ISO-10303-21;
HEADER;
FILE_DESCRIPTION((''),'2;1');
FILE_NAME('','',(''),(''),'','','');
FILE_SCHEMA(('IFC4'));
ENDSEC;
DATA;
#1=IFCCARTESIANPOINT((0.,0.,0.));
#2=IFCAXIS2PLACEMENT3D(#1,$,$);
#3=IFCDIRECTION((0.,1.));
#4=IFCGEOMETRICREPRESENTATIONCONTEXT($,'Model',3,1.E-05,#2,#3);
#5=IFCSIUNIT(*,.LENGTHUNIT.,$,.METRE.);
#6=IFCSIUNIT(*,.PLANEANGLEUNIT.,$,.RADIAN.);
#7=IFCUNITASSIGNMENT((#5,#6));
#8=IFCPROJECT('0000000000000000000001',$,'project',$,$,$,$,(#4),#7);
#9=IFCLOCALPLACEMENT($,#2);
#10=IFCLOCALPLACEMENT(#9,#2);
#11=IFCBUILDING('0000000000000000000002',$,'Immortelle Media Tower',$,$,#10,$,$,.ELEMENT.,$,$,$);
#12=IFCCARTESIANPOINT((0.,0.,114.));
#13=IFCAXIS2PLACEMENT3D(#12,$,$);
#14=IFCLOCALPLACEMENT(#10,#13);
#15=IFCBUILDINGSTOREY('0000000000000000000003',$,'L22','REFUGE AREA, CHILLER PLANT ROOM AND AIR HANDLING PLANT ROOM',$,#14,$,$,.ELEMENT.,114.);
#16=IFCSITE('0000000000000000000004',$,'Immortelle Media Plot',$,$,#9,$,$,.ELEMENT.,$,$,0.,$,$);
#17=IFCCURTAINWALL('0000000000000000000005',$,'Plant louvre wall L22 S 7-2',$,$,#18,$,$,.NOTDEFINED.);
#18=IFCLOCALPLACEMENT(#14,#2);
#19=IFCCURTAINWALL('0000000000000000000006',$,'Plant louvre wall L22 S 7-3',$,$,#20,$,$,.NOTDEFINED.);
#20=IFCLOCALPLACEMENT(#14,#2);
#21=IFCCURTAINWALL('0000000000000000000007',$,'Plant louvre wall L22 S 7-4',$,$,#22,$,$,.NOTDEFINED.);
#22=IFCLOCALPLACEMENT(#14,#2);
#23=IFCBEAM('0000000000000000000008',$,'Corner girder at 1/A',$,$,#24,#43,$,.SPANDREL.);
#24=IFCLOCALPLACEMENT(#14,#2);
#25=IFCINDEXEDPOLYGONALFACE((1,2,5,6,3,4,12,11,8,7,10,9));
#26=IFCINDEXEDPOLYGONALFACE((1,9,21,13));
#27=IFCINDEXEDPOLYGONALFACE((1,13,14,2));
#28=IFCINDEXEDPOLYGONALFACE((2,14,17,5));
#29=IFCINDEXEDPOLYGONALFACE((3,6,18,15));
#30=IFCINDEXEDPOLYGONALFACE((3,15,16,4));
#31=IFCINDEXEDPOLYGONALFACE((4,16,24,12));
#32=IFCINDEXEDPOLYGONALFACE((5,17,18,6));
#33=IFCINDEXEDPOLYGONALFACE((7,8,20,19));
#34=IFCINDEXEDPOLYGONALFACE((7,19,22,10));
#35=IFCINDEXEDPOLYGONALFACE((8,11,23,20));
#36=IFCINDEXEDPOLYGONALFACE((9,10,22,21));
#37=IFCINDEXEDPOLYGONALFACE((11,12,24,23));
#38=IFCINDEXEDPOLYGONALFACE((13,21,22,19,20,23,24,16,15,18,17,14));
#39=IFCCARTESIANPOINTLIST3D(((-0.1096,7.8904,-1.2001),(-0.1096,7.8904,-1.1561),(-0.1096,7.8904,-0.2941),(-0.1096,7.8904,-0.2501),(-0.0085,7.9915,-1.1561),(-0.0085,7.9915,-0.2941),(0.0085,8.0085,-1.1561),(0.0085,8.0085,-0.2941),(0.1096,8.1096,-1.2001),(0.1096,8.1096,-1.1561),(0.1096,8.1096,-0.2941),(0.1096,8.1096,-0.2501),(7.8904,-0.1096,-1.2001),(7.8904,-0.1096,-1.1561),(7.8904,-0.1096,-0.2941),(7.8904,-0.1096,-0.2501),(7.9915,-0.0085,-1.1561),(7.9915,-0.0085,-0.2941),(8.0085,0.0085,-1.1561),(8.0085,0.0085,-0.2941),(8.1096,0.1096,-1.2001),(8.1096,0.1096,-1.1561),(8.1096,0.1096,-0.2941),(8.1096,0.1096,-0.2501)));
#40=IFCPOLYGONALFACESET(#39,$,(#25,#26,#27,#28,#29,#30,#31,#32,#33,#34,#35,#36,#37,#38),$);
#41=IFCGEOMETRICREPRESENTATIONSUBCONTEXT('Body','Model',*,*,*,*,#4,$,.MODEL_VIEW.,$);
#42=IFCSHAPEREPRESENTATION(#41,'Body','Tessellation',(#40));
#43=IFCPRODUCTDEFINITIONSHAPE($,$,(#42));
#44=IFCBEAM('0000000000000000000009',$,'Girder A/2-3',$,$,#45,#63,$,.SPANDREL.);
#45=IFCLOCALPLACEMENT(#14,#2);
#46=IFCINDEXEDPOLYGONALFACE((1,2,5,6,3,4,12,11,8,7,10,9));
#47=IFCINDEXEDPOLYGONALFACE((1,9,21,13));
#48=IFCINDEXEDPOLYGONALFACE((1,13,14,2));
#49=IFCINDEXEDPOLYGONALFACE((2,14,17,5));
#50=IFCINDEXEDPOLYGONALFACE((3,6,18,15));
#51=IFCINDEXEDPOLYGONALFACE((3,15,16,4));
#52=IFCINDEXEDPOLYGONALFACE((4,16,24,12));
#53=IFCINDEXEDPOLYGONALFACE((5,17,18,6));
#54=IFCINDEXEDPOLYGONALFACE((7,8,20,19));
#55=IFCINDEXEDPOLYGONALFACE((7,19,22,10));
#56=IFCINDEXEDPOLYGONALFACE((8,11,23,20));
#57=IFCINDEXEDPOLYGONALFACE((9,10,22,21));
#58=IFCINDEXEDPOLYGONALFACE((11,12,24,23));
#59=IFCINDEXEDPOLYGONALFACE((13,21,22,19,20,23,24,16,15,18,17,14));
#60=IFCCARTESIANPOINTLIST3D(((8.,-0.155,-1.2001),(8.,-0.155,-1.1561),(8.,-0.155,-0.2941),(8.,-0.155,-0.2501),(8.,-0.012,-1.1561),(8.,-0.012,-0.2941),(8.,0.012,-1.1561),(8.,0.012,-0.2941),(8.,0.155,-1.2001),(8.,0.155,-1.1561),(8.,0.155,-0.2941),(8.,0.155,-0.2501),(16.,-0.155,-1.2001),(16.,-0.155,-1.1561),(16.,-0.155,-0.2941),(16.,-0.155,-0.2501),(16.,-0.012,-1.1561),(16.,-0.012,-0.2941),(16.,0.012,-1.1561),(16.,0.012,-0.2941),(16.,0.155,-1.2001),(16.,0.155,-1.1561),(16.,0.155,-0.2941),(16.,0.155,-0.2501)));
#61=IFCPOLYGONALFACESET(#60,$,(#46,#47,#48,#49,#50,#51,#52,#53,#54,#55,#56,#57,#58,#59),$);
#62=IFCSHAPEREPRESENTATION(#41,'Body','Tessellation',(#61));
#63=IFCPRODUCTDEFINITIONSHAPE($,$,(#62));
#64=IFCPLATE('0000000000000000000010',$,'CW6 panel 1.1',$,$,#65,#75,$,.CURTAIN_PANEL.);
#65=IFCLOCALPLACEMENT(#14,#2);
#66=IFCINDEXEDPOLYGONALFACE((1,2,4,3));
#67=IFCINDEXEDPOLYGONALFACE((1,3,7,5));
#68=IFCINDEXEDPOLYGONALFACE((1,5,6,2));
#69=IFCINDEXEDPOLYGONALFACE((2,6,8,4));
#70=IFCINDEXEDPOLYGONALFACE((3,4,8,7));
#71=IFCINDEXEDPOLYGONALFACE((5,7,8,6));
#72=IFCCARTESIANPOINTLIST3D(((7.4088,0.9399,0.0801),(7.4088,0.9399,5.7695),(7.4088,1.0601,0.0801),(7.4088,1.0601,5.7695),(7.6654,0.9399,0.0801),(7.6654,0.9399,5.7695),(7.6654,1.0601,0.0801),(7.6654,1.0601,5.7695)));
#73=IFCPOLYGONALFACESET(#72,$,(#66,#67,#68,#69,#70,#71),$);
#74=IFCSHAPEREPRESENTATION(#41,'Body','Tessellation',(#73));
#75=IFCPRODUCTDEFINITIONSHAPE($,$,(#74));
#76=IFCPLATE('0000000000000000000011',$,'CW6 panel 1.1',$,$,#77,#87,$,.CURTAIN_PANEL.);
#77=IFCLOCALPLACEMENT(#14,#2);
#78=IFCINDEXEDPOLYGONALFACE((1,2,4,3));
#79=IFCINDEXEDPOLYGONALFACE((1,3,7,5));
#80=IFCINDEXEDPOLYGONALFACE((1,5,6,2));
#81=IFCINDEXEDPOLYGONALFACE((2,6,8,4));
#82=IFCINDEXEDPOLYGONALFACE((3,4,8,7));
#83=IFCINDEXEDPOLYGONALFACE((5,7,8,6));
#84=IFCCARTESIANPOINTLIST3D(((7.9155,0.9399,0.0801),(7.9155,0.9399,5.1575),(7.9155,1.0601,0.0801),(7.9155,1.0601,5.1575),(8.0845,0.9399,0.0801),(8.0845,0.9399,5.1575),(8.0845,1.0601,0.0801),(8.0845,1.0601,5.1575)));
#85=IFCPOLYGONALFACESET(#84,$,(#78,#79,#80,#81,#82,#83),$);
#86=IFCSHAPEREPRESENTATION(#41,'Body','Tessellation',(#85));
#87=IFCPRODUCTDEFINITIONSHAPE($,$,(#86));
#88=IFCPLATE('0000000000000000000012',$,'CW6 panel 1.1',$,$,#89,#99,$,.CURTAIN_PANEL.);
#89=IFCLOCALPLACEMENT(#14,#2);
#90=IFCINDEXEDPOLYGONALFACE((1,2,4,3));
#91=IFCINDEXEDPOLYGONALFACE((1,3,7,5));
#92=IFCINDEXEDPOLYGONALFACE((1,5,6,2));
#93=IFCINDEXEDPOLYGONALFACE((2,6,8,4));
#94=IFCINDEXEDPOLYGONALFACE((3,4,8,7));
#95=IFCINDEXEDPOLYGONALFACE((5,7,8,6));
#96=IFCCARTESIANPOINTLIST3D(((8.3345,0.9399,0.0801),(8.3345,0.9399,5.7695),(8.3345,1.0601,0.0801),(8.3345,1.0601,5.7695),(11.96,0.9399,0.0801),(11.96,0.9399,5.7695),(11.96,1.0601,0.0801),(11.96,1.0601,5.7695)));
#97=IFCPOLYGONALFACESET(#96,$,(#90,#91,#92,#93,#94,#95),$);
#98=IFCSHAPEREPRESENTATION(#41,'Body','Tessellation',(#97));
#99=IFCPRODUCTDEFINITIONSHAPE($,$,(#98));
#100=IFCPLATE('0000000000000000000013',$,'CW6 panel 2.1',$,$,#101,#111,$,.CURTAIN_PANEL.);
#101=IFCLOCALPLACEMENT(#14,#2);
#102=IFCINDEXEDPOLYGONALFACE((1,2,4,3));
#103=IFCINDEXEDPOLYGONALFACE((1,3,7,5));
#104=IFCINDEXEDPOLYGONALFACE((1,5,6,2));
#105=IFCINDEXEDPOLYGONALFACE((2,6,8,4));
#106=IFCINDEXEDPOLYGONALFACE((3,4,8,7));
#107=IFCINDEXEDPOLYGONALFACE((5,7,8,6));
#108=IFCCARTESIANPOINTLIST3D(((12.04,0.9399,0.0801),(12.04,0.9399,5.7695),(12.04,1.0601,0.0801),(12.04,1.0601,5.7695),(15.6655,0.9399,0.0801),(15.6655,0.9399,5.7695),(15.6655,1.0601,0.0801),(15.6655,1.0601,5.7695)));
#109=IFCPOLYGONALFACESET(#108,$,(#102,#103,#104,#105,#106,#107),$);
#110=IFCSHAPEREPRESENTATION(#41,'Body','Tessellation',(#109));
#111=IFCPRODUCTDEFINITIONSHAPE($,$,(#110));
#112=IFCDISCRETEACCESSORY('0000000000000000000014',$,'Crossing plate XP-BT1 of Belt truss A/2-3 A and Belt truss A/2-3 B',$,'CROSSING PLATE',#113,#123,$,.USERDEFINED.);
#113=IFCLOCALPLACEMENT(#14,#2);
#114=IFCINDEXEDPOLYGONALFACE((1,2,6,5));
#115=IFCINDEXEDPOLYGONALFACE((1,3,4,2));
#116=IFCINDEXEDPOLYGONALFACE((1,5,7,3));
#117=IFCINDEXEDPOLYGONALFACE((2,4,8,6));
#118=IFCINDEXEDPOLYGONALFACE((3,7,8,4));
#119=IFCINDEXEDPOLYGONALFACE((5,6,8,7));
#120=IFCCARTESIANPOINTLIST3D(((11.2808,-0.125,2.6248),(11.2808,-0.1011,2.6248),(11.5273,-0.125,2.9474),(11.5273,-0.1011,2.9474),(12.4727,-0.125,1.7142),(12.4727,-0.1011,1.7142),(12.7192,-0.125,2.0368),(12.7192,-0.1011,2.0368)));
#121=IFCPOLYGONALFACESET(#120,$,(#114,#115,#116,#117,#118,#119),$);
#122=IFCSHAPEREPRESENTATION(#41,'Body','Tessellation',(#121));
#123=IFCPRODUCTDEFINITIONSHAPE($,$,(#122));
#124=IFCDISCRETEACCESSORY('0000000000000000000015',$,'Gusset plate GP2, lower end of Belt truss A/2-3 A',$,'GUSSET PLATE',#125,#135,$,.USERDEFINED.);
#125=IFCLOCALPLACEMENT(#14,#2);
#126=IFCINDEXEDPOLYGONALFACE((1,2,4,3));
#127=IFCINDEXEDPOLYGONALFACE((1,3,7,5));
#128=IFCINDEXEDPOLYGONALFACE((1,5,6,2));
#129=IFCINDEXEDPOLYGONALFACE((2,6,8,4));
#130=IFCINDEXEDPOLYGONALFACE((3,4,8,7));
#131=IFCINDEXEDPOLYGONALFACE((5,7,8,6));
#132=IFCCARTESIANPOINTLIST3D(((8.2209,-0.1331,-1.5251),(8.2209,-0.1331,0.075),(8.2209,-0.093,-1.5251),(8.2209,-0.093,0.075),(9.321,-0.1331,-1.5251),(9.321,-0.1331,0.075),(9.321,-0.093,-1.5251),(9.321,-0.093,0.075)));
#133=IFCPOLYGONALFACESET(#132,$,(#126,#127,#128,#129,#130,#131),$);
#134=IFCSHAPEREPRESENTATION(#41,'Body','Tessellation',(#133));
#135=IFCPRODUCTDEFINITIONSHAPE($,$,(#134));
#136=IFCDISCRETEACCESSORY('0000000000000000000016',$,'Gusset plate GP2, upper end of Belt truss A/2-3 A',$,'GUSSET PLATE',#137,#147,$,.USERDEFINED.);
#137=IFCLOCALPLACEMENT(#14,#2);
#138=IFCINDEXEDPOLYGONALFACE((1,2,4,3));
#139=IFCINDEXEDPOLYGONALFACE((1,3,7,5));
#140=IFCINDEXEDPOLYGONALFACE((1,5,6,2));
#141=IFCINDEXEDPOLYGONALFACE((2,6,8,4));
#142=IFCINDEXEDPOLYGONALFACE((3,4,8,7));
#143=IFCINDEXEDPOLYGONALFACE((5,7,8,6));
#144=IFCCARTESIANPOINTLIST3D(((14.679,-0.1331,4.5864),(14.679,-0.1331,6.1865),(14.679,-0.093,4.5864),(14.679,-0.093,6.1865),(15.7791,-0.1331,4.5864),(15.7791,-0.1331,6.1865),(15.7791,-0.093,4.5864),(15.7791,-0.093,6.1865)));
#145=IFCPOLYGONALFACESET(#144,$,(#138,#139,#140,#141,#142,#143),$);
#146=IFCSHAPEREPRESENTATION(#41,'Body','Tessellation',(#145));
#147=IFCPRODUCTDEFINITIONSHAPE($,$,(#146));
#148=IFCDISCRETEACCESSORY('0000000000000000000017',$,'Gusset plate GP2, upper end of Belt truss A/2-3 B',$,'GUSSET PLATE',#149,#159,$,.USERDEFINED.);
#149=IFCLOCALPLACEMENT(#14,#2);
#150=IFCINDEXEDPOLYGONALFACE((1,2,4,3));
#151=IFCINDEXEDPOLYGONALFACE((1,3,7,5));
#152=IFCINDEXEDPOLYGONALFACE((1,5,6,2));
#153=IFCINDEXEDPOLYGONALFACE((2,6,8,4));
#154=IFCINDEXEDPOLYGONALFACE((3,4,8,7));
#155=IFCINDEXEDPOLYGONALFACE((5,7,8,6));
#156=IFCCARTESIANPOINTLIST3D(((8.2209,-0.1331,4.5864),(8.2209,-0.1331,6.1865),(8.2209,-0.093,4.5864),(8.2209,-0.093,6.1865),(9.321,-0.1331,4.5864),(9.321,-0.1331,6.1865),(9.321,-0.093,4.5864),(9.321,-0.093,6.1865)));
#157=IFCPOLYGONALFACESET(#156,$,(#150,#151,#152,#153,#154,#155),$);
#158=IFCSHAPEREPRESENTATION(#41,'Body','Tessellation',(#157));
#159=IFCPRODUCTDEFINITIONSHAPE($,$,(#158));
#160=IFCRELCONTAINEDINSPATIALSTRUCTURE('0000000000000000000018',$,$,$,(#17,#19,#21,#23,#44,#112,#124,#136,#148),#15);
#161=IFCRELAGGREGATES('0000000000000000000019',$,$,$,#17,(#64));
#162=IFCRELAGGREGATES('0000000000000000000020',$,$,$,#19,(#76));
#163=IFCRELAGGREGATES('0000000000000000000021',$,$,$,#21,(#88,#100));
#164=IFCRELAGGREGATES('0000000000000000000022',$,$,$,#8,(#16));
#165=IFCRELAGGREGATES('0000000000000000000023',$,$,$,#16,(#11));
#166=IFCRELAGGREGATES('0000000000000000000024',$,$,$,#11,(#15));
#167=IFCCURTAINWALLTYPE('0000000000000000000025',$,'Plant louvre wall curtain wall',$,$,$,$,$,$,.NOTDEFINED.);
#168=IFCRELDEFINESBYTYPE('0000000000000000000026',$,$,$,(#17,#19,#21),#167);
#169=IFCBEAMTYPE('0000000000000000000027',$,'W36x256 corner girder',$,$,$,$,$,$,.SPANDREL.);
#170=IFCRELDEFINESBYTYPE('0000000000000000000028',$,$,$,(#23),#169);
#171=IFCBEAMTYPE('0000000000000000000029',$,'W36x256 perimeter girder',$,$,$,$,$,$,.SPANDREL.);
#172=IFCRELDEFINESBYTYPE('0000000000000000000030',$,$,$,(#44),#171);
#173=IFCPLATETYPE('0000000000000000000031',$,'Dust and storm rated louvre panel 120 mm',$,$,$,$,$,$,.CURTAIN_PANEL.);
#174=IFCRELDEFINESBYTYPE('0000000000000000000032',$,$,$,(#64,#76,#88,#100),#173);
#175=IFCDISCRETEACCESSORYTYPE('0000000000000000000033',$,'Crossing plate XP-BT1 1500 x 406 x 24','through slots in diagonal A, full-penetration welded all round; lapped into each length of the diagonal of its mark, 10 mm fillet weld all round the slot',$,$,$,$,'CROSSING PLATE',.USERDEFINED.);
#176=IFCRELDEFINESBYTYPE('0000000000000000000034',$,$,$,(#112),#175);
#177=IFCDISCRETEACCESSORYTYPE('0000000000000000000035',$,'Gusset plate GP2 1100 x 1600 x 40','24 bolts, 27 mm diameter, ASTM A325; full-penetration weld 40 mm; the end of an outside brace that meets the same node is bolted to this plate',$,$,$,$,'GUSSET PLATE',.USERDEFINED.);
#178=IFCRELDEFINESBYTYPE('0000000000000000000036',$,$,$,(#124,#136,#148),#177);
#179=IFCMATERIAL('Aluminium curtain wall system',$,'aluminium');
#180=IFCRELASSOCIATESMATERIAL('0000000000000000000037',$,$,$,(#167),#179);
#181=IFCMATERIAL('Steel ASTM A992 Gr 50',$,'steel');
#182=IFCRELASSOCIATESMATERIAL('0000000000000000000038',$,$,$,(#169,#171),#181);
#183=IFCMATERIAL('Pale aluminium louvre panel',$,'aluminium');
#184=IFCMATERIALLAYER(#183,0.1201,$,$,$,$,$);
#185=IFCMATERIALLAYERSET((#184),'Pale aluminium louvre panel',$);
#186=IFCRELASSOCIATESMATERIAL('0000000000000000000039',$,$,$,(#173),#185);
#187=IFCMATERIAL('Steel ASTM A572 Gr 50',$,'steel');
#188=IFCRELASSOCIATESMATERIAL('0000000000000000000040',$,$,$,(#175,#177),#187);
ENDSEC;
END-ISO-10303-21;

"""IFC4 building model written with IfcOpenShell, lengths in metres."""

from ifc_helpers import new_model, si_unit, direction, frame, origin, origin_2d, place, context, subcontext, project, spatial, rectangle, i_section, extrude, material, layer, layer_set, material_profile, profile_set, type_object, element, aggregate, save


model = new_model("IFC4")

# Units and contexts
model_context = context("Model", 3, precision=1e-05, world=origin(), true_north=direction((0.0, 1.0)))
body_context = subcontext(model_context, "Body", "Model", "MODEL_VIEW")
ifc_project = project(units=[si_unit("LENGTHUNIT", "METRE"), si_unit("PLANEANGLEUNIT", "RADIAN")], contexts=[model_context])

# Site, building, storey
site_placement = place(None, origin())
site = spatial("IfcSite", under=ifc_project, at=site_placement, Name="Immortelle Media Plot", CompositionType="ELEMENT", RefElevation=0.0)
building_placement = place(site_placement, origin())
building = spatial("IfcBuilding", under=site, at=building_placement, Name="Immortelle Media Tower", CompositionType="ELEMENT")
storey_placement = place(building_placement, frame((0.0, 0.0, 114.0)))
storey = spatial("IfcBuildingStorey", under=building, at=storey_placement, Name="L22", Description="REFUGE AREA, CHILLER PLANT ROOM AND AIR HANDLING PLANT ROOM", CompositionType="ELEMENT", Elevation=114.0)

# Shared definitions
ifc_material_1 = material(Name="Steel ASTM A992 Gr 50", Category="steel")

# Curtain wall
ifc_material_2 = material(Name="Aluminium curtain wall system", Category="aluminium")
curtain_wall_type = type_object("IfcCurtainWallType", Name="Plant louvre wall curtain wall", PredefinedType="NOTDEFINED", material=ifc_material_2)
curtain_wall_1_placement = place(storey_placement, origin())
curtain_wall_1 = element("IfcCurtainWall", 1, at=curtain_wall_1_placement, inside=storey, type_object=curtain_wall_type, Name="Plant louvre wall L22 S 7-2", PredefinedType="NOTDEFINED")

# Curtain walls
curtain_wall_2_placement = place(storey_placement, origin())
curtain_wall_2 = element("IfcCurtainWall", 2, at=curtain_wall_2_placement, inside=storey, type_object=curtain_wall_type, Name="Plant louvre wall L22 S 7-3", PredefinedType="NOTDEFINED")
curtain_wall_3_placement = place(storey_placement, origin())
curtain_wall_3 = element("IfcCurtainWall", 3, at=curtain_wall_3_placement, inside=storey, type_object=curtain_wall_type, Name="Plant louvre wall L22 S 7-4", PredefinedType="NOTDEFINED")

# Beams
ifc_material_profile_1 = material_profile(ifc_material_1, i_section(OverallWidth=0.3101, OverallDepth=0.95, WebThickness=0.0239, FlangeThickness=0.0439, at=origin_2d()), Name="W36x256")
ifc_profile_set_1 = profile_set([ifc_material_profile_1], Name="Steel ASTM A992 Gr 50")
beam_type_1 = type_object("IfcBeamType", Name="W36x256 corner girder", PredefinedType="SPANDREL", material=ifc_profile_set_1)
beam_1_placement = place(storey_placement, frame((8.0, 0.0, -0.7251), z_axis=(-0.707107, 0.707107, 0.0), x_axis=(-0.707107, -0.707107, 0.0)))
element("IfcBeam", 4, at=beam_1_placement, inside=storey, type_object=beam_type_1, Name="Corner girder at 1/A", PredefinedType="SPANDREL", context=body_context, shape_type="SweptSolid", body=[
    extrude(i_section(OverallWidth=0.3101, OverallDepth=0.95, WebThickness=0.0239, FlangeThickness=0.0439, at=origin_2d()), origin(), (0.0, 0.0, 1.0), 11.3137),
])
ifc_material_profile_2 = material_profile(ifc_material_1, i_section(OverallWidth=0.3101, OverallDepth=0.95, WebThickness=0.0239, FlangeThickness=0.0439, at=origin_2d()), Name="W36x256")
ifc_profile_set_2 = profile_set([ifc_material_profile_2], Name="Steel ASTM A992 Gr 50")
beam_type_2 = type_object("IfcBeamType", Name="W36x256 perimeter girder", PredefinedType="SPANDREL", material=ifc_profile_set_2)
beam_2_placement = place(storey_placement, frame((8.0, 0.0, -0.7251), z_axis=(1.0, 0.0, 0.0), x_axis=(0.0, 1.0, 0.0)))
element("IfcBeam", 5, at=beam_2_placement, inside=storey, type_object=beam_type_2, Name="Girder A/2-3", PredefinedType="SPANDREL", context=body_context, shape_type="SweptSolid", body=[
    extrude(i_section(OverallWidth=0.3101, OverallDepth=0.95, WebThickness=0.0239, FlangeThickness=0.0439, at=origin_2d()), origin(), (0.0, 0.0, 1.0), 8.0),
])

# Plates
ifc_material_3 = material(Name="Pale aluminium louvre panel", Category="aluminium")
ifc_layer = layer(ifc_material_3, 0.1201)
ifc_layer_set = layer_set([ifc_layer], Name="Pale aluminium louvre panel")
plate_type = type_object("IfcPlateType", Name="Dust and storm rated louvre panel 120 mm", PredefinedType="CURTAIN_PANEL", material=ifc_layer_set)
plate_1_placement = place(storey_placement, frame((7.5371, 1.0, 0.0801), z_axis=(0.0, 0.0, 1.0), x_axis=(1.0, 0.0, 0.0)))
plate_1 = element("IfcPlate", 6, at=plate_1_placement, type_object=plate_type, Name="CW6 panel 1.1", PredefinedType="CURTAIN_PANEL", context=body_context, shape_type="SweptSolid", body=[
    extrude(rectangle(XDim=0.2566, YDim=0.1201, at=origin_2d()), origin(), (0.0, 0.0, 1.0), 5.6895),
])
aggregate(curtain_wall_1, [plate_1])
plate_2_placement = place(storey_placement, frame((8.0, 1.0, 0.0801), z_axis=(0.0, 0.0, 1.0), x_axis=(1.0, 0.0, 0.0)))
plate_2 = element("IfcPlate", 7, at=plate_2_placement, type_object=plate_type, Name="CW6 panel 1.1", PredefinedType="CURTAIN_PANEL", context=body_context, shape_type="SweptSolid", body=[
    extrude(rectangle(XDim=0.1689, YDim=0.1201, at=origin_2d()), origin(), (0.0, 0.0, 1.0), 5.0774),
])
aggregate(curtain_wall_2, [plate_2])
plate_3_placement = place(storey_placement, frame((10.1472, 1.0, 0.0801), z_axis=(0.0, 0.0, 1.0), x_axis=(1.0, 0.0, 0.0)))
plate_3 = element("IfcPlate", 8, at=plate_3_placement, type_object=plate_type, Name="CW6 panel 1.1", PredefinedType="CURTAIN_PANEL", context=body_context, shape_type="SweptSolid", body=[
    extrude(rectangle(XDim=3.6255, YDim=0.1201, at=origin_2d()), origin(), (0.0, 0.0, 1.0), 5.6895),
])
plate_4_placement = place(storey_placement, frame((13.8528, 1.0, 0.0801), z_axis=(0.0, 0.0, 1.0), x_axis=(1.0, 0.0, 0.0)))
plate_4 = element("IfcPlate", 9, at=plate_4_placement, type_object=plate_type, Name="CW6 panel 2.1", PredefinedType="CURTAIN_PANEL", context=body_context, shape_type="SweptSolid", body=[
    extrude(rectangle(XDim=3.6255, YDim=0.1201, at=origin_2d()), origin(), (0.0, 0.0, 1.0), 5.6895),
])
aggregate(curtain_wall_3, [plate_3, plate_4])

# Discrete accessories
ifc_material_4 = material(Name="Steel ASTM A572 Gr 50", Category="steel")
ifc_material_profile_3 = material_profile(ifc_material_4, rectangle(XDim=0.0239, YDim=0.406, at=origin_2d()), Name="PL 24 x 406")
ifc_profile_set_3 = profile_set([ifc_material_profile_3], Name="Steel ASTM A572 Gr 50")
discrete_accessory_type_1 = type_object("IfcDiscreteAccessoryType", Name="Crossing plate XP-BT1 1500 x 406 x 24", Description="through slots in diagonal A, full-penetration welded all round; lapped into each length of the diagonal of its mark, 10 mm fillet weld all round the slot", ElementType="CROSSING PLATE", PredefinedType="USERDEFINED", material=ifc_profile_set_3)
discrete_accessory_placement = place(storey_placement, frame((11.4041, -0.113, 2.7861), z_axis=(0.794616, 0.0, -0.607112), x_axis=(0.0, 1.0, 0.0)))
element("IfcDiscreteAccessory", 10, at=discrete_accessory_placement, inside=storey, type_object=discrete_accessory_type_1, Name="Crossing plate XP-BT1 of Belt truss A/2-3 A and Belt truss A/2-3 B", ObjectType="CROSSING PLATE", PredefinedType="USERDEFINED", context=body_context, shape_type="SweptSolid", body=[
    extrude(rectangle(XDim=0.0239, YDim=0.406, at=origin_2d()), origin(), (0.0, 0.0, 1.0), 1.5),
])
ifc_material_profile_4 = material_profile(ifc_material_4, rectangle(XDim=0.04, YDim=1.6001, at=origin_2d()), Name="PL 40 x 1600")
ifc_profile_set_4 = profile_set([ifc_material_profile_4], Name="Steel ASTM A572 Gr 50")
discrete_accessory_type_2 = type_object("IfcDiscreteAccessoryType", Name="Gusset plate GP2 1100 x 1600 x 40", Description="24 bolts, 27 mm diameter, ASTM A325; full-penetration weld 40 mm; the end of an outside brace that meets the same node is bolted to this plate", ElementType="GUSSET PLATE", PredefinedType="USERDEFINED", material=ifc_profile_set_4)
for number, where, z_axis, x_axis, name in (
    (11, (8.2209, -0.113, -0.7251), (1.0, 0.0, 0.0), (0.0, 1.0, 0.0), "Gusset plate GP2, lower end of Belt truss A/2-3 A"),
    (12, (15.7791, -0.113, 5.3865), (-1.0, 0.0, 0.0), (0.0, -1.0, 0.0), "Gusset plate GP2, upper end of Belt truss A/2-3 A"),
    (13, (8.2209, -0.113, 5.3865), (1.0, 0.0, 0.0), (0.0, 1.0, 0.0), "Gusset plate GP2, upper end of Belt truss A/2-3 B"),
):
    element("IfcDiscreteAccessory", number, at=place(storey_placement, frame(where, z_axis=z_axis, x_axis=x_axis)), inside=storey, type_object=discrete_accessory_type_2, Name=name, ObjectType="GUSSET PLATE", PredefinedType="USERDEFINED", context=body_context, shape_type="SweptSolid", body=[
        extrude(rectangle(XDim=0.04, YDim=1.6001, at=origin_2d()), origin(), (0.0, 0.0, 1.0), 1.1001),
    ])

save(model, "model.ifc")
